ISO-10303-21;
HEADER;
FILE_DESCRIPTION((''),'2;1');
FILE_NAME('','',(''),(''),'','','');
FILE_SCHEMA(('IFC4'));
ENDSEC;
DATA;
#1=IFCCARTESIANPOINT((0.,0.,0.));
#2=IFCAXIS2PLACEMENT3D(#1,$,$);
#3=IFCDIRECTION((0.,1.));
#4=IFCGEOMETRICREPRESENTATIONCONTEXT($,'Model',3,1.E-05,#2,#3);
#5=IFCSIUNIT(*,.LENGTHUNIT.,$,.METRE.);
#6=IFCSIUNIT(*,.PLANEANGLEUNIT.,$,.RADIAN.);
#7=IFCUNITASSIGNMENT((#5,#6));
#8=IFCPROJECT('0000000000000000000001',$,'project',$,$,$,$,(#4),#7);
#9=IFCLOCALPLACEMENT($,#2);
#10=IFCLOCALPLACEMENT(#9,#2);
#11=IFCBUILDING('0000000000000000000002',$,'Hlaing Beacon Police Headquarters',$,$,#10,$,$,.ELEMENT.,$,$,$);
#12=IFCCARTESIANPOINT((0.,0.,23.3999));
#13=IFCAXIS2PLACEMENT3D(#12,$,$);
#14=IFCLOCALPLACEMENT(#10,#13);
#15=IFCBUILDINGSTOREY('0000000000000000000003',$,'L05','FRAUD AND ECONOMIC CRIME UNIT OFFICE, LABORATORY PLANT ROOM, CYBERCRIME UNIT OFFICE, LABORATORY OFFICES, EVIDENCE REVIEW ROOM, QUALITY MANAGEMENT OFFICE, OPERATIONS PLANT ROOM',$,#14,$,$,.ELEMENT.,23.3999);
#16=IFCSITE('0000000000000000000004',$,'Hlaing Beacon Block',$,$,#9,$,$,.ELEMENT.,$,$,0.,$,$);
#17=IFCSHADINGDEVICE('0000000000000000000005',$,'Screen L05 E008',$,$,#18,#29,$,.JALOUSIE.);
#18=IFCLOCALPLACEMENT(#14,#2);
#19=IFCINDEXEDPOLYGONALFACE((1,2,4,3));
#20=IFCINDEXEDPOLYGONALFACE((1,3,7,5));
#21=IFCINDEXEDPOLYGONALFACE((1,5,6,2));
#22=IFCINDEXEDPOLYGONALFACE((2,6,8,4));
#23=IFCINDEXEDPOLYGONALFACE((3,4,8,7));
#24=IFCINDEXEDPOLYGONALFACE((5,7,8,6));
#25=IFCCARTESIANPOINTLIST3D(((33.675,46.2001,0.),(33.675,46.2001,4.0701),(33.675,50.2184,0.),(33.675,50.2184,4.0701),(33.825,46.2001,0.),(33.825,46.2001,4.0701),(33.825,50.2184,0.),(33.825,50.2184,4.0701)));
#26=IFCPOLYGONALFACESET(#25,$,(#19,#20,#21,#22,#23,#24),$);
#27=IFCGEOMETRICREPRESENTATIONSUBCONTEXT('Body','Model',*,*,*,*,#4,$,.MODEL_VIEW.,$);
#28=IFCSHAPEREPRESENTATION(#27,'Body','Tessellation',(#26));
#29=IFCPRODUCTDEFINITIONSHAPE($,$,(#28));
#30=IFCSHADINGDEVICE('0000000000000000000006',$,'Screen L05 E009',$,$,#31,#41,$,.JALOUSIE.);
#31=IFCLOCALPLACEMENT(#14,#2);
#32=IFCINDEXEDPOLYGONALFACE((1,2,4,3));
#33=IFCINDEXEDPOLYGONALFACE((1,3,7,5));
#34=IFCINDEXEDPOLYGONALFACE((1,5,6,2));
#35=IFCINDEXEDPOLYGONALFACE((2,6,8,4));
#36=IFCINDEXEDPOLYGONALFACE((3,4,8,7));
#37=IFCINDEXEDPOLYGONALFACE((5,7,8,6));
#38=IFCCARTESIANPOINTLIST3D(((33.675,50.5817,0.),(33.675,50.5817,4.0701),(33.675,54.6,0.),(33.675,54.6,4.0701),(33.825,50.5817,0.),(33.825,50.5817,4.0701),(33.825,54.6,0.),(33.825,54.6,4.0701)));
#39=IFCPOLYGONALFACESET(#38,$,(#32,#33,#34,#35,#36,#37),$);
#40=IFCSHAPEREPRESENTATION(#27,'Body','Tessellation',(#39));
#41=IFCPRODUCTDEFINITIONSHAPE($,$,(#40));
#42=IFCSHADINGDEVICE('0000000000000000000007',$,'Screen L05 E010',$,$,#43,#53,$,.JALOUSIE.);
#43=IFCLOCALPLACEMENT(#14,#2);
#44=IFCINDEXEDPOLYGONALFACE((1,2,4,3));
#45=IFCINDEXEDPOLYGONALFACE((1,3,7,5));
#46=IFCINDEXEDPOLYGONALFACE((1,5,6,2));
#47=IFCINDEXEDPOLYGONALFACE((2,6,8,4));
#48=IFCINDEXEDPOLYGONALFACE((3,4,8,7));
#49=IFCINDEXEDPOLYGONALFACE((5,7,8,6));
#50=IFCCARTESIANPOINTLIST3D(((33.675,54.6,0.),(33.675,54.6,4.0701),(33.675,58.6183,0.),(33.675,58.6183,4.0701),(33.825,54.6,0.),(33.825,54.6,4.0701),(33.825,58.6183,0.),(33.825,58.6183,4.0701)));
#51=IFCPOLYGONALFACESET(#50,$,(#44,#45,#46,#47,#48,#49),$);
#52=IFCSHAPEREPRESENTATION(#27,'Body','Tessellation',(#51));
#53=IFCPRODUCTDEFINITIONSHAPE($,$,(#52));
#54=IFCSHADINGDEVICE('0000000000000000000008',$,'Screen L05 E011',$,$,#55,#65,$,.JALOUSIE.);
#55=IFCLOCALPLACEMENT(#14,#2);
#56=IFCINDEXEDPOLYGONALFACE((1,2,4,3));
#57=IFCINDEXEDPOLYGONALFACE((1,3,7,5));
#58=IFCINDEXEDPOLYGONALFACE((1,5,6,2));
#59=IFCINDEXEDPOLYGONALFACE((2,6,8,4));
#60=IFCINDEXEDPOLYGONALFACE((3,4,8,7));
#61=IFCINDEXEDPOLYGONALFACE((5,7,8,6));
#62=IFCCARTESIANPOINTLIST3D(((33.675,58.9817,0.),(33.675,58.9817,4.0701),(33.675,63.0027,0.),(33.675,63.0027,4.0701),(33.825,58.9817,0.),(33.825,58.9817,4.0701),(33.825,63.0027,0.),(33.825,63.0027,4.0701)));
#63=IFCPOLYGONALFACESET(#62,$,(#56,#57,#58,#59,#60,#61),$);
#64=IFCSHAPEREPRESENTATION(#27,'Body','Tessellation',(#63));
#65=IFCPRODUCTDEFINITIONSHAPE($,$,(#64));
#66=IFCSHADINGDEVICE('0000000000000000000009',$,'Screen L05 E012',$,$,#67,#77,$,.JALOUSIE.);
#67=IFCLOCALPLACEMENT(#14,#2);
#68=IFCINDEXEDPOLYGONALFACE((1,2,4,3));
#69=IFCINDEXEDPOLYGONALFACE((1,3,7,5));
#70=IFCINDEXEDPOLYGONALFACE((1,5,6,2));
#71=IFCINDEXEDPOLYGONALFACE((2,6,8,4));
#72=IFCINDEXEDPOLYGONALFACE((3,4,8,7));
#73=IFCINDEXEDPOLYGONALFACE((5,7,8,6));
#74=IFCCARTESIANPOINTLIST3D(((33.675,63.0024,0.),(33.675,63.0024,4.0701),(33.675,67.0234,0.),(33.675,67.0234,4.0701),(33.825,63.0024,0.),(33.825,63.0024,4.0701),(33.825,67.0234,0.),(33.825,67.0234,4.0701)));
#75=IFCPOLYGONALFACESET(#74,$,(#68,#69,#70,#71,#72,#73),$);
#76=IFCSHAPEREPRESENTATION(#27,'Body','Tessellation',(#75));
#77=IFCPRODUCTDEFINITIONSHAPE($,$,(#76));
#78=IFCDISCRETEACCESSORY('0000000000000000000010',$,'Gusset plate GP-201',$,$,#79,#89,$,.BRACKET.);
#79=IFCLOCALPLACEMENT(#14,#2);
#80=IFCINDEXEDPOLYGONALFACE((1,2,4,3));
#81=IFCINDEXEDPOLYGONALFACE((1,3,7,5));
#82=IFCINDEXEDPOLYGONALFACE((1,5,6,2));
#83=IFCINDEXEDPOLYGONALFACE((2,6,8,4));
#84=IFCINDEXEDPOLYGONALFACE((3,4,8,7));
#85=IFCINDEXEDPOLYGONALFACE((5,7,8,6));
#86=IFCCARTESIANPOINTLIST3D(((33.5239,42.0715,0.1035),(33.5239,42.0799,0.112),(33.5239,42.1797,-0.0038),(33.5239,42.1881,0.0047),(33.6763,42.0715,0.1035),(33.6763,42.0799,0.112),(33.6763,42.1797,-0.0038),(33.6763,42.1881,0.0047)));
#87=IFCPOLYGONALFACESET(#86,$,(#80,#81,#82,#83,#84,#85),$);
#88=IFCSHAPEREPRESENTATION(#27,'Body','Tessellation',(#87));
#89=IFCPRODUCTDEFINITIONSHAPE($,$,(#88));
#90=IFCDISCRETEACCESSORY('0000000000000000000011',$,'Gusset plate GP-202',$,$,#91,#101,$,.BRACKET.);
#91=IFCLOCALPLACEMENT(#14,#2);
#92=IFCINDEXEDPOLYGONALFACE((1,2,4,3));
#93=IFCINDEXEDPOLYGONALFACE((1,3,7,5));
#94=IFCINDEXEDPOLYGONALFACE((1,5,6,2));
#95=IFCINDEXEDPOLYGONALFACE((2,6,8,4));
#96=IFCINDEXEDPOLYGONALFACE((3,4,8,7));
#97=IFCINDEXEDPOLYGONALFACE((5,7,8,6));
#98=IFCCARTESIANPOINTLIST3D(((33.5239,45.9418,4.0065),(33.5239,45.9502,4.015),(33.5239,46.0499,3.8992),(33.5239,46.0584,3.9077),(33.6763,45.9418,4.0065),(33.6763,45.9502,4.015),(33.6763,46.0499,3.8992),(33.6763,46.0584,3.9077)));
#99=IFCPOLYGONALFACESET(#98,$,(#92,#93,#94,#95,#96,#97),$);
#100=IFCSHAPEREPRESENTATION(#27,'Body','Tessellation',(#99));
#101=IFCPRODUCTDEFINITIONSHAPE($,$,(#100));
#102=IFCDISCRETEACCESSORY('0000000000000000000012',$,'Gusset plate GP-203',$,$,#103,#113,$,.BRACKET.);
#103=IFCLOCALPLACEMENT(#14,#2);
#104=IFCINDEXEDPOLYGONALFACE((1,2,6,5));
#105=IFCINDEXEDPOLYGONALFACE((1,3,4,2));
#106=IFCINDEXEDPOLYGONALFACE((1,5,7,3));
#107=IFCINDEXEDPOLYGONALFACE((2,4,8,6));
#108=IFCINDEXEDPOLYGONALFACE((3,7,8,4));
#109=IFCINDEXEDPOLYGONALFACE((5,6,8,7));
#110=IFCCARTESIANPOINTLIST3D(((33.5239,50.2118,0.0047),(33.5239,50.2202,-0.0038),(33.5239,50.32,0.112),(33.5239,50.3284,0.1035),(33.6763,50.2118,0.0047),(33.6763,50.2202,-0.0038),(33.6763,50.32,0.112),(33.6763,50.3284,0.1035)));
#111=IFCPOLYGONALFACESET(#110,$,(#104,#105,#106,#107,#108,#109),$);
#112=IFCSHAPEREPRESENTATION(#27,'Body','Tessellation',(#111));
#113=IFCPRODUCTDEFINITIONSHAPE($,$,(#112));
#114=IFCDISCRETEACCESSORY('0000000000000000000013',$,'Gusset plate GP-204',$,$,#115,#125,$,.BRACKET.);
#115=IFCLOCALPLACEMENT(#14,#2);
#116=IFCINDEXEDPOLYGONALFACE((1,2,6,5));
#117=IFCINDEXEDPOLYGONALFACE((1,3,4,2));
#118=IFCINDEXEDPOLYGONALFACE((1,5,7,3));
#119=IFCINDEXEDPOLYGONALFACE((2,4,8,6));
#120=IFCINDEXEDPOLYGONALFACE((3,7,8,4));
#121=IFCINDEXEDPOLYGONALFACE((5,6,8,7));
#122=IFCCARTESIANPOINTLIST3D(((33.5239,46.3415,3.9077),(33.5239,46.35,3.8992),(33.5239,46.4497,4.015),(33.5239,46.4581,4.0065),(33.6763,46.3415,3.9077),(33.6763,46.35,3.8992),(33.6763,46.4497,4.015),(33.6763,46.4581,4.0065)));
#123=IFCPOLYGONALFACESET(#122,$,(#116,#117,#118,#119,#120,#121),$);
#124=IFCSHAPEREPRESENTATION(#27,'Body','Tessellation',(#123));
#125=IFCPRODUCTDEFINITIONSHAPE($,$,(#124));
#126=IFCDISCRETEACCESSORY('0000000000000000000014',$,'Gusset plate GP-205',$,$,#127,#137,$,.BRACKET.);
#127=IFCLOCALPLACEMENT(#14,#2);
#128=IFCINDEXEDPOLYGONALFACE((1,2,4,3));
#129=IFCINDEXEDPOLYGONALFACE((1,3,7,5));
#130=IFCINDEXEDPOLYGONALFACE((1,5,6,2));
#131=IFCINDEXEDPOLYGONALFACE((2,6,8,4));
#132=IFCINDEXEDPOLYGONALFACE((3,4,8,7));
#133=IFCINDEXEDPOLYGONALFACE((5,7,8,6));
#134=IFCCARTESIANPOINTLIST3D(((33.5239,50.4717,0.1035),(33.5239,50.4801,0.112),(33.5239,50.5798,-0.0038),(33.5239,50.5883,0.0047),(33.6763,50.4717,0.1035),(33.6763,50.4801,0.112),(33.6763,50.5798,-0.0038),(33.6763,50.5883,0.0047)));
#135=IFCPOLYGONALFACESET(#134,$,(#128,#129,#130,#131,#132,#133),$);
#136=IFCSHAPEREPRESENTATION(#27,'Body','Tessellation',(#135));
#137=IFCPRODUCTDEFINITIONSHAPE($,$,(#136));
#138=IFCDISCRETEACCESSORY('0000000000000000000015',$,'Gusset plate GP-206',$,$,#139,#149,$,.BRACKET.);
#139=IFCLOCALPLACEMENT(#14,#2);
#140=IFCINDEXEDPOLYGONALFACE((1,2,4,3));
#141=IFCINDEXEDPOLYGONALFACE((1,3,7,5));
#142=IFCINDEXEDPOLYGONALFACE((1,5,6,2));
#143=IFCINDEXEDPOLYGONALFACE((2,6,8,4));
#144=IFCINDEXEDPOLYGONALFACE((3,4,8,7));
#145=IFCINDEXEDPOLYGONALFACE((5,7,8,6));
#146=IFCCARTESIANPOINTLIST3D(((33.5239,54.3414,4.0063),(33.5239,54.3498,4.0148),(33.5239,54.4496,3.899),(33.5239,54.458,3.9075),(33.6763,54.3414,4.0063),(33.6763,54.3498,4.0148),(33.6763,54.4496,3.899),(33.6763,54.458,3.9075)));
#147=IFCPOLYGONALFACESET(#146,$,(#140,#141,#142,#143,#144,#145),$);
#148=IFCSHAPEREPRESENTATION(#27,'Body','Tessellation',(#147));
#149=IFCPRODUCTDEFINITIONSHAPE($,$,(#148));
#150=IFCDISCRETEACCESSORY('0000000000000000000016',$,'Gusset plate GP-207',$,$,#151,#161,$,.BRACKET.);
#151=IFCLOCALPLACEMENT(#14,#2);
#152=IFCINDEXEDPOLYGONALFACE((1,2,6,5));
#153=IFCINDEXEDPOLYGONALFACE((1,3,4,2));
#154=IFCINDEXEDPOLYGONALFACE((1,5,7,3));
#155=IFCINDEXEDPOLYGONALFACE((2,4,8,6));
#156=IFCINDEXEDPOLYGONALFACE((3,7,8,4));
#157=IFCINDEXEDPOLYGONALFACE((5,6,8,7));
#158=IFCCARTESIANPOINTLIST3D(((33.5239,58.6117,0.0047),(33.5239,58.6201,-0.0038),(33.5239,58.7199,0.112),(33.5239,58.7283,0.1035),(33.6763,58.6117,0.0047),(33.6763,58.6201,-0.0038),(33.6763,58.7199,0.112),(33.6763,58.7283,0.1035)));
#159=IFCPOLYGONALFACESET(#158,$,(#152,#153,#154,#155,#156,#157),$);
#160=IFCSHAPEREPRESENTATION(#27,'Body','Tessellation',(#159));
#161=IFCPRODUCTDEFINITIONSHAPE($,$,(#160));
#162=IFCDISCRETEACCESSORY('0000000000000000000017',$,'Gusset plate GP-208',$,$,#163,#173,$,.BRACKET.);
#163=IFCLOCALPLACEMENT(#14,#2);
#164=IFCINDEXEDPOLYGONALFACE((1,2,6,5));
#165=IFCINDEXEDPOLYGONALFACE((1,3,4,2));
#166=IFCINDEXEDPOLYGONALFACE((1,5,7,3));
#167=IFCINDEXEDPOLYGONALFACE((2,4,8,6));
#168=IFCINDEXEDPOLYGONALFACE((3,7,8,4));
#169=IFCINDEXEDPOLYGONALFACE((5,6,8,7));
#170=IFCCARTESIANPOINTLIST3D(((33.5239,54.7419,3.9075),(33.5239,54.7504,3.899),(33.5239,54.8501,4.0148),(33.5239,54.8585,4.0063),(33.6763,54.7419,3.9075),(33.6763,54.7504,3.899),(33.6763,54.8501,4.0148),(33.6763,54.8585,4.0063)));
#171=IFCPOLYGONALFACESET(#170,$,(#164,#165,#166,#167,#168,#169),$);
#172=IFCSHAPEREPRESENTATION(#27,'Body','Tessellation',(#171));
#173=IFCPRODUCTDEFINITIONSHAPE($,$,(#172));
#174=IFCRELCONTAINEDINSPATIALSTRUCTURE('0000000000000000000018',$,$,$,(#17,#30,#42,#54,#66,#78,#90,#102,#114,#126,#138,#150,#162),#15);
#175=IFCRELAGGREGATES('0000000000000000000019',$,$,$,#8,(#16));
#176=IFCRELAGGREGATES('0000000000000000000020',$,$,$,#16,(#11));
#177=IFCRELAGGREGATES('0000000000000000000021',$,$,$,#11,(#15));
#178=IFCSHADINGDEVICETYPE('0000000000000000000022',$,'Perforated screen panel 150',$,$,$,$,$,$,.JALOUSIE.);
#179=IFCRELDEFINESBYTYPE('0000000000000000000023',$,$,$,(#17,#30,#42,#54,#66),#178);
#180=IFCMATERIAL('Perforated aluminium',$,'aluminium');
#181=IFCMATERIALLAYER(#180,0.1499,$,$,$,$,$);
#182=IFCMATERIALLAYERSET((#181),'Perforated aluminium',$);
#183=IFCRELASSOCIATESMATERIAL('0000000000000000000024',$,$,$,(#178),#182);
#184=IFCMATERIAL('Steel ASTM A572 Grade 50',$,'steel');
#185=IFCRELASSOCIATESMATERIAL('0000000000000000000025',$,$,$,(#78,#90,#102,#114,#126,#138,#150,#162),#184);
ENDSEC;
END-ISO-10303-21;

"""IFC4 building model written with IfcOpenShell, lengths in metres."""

from ifc_helpers import new_model, si_unit, direction, frame, origin, origin_2d, place, context, subcontext, project, spatial, rectangle, extrude, material, layer, layer_set, type_object, element, save


model = new_model("IFC4")

# Units and contexts
model_context = context("Model", 3, precision=1e-05, world=origin(), true_north=direction((0.0, 1.0)))
body_context = subcontext(model_context, "Body", "Model", "MODEL_VIEW")
ifc_project = project(units=[si_unit("LENGTHUNIT", "METRE"), si_unit("PLANEANGLEUNIT", "RADIAN")], contexts=[model_context])

# Site, building, storey
site_placement = place(None, origin())
site = spatial("IfcSite", under=ifc_project, at=site_placement, Name="Hlaing Beacon Block", CompositionType="ELEMENT", RefElevation=0.0)
building_placement = place(site_placement, origin())
building = spatial("IfcBuilding", under=site, at=building_placement, Name="Hlaing Beacon Police Headquarters", CompositionType="ELEMENT")
storey_placement = place(building_placement, frame((0.0, 0.0, 23.3999)))
storey = spatial("IfcBuildingStorey", under=building, at=storey_placement, Name="L05", Description="FRAUD AND ECONOMIC CRIME UNIT OFFICE, LABORATORY PLANT ROOM, CYBERCRIME UNIT OFFICE, LABORATORY OFFICES, EVIDENCE REVIEW ROOM, QUALITY MANAGEMENT OFFICE, OPERATIONS PLANT ROOM", CompositionType="ELEMENT", Elevation=23.3999)

# Shading devices
ifc_material_1 = material(Name="Perforated aluminium", Category="aluminium")
ifc_layer = layer(ifc_material_1, 0.1499)
ifc_layer_set = layer_set([ifc_layer], Name="Perforated aluminium")
shading_device_type = type_object("IfcShadingDeviceType", Name="Perforated screen panel 150", PredefinedType="JALOUSIE", material=ifc_layer_set)
for number, where, z_axis, x_axis, name in (
    (1, (33.75, 48.2092, 0.0), (0.0, 0.0, 1.0), (0.0, 1.0, 0.0), "Screen L05 E008"),
    (2, (33.75, 52.5908, 0.0), (0.0, 0.0, 1.0), (0.0, 1.0, 0.0), "Screen L05 E009"),
    (3, (33.75, 56.6091, 0.0), (0.0, 0.0, 1.0), (0.0, 1.0, 0.0), "Screen L05 E010"),
):
    element("IfcShadingDevice", number, at=place(storey_placement, frame(where, z_axis=z_axis, x_axis=x_axis)), inside=storey, type_object=shading_device_type, Name=name, PredefinedType="JALOUSIE", context=body_context, shape_type="SweptSolid", body=[
        extrude(rectangle(XDim=4.0183, YDim=0.1499, at=origin_2d()), origin(), (0.0, 0.0, 1.0), 4.0701),
    ])
for number, where, z_axis, x_axis, name in (
    (4, (33.75, 60.9922, 0.0), (0.0, 0.0, 1.0), (0.0, 1.0, 0.0), "Screen L05 E011"),
    (5, (33.75, 65.0129, 0.0), (0.0, 0.0, 1.0), (0.0, 1.0, 0.0), "Screen L05 E012"),
):
    element("IfcShadingDevice", number, at=place(storey_placement, frame(where, z_axis=z_axis, x_axis=x_axis)), inside=storey, type_object=shading_device_type, Name=name, PredefinedType="JALOUSIE", context=body_context, shape_type="SweptSolid", body=[
        extrude(rectangle(XDim=4.021, YDim=0.1499, at=origin_2d()), origin(), (0.0, 0.0, 1.0), 4.0701),
    ])

# Discrete accessories
ifc_material_2 = material(Name="Steel ASTM A572 Grade 50", Category="steel")
for number, where, z_axis, x_axis, name in (
    (6, (33.6001, 42.134, 0.0583), (0.0, -0.704124, -0.710077), (1.0, 0.0, 0.0), "Gusset plate GP-201"),
    (7, (33.6001, 45.9958, 3.9529), (0.0, 0.704124, 0.710077), (-1.0, 0.0, 0.0), "Gusset plate GP-202"),
    (8, (33.6001, 50.2659, 0.0583), (0.0, 0.704124, -0.710077), (-1.0, 0.0, 0.0), "Gusset plate GP-203"),
    (9, (33.6001, 46.4041, 3.9529), (0.0, -0.704124, 0.710077), (1.0, 0.0, 0.0), "Gusset plate GP-204"),
    (10, (33.6001, 50.5342, 0.0583), (0.0, -0.704102, -0.710099), (1.0, 0.0, 0.0), "Gusset plate GP-205"),
    (11, (33.6001, 54.3955, 3.9526), (0.0, 0.704102, 0.710099), (-1.0, 0.0, 0.0), "Gusset plate GP-206"),
    (12, (33.6001, 58.6658, 0.0583), (0.0, 0.704102, -0.710099), (-1.0, 0.0, 0.0), "Gusset plate GP-207"),
    (13, (33.6001, 54.8044, 3.9526), (0.0, -0.704102, 0.710099), (1.0, 0.0, 0.0), "Gusset plate GP-208"),
):
    element("IfcDiscreteAccessory", number, at=place(storey_placement, frame(where, z_axis=z_axis, x_axis=x_axis)), inside=storey, material=ifc_material_2, Name=name, PredefinedType="BRACKET", context=body_context, shape_type="SweptSolid", body=[
        extrude(rectangle(XDim=0.1523, YDim=0.1523, at=origin_2d()), origin(), (0.0, 0.0, 1.0), 0.012),
    ])

save(model, "model.ifc")
